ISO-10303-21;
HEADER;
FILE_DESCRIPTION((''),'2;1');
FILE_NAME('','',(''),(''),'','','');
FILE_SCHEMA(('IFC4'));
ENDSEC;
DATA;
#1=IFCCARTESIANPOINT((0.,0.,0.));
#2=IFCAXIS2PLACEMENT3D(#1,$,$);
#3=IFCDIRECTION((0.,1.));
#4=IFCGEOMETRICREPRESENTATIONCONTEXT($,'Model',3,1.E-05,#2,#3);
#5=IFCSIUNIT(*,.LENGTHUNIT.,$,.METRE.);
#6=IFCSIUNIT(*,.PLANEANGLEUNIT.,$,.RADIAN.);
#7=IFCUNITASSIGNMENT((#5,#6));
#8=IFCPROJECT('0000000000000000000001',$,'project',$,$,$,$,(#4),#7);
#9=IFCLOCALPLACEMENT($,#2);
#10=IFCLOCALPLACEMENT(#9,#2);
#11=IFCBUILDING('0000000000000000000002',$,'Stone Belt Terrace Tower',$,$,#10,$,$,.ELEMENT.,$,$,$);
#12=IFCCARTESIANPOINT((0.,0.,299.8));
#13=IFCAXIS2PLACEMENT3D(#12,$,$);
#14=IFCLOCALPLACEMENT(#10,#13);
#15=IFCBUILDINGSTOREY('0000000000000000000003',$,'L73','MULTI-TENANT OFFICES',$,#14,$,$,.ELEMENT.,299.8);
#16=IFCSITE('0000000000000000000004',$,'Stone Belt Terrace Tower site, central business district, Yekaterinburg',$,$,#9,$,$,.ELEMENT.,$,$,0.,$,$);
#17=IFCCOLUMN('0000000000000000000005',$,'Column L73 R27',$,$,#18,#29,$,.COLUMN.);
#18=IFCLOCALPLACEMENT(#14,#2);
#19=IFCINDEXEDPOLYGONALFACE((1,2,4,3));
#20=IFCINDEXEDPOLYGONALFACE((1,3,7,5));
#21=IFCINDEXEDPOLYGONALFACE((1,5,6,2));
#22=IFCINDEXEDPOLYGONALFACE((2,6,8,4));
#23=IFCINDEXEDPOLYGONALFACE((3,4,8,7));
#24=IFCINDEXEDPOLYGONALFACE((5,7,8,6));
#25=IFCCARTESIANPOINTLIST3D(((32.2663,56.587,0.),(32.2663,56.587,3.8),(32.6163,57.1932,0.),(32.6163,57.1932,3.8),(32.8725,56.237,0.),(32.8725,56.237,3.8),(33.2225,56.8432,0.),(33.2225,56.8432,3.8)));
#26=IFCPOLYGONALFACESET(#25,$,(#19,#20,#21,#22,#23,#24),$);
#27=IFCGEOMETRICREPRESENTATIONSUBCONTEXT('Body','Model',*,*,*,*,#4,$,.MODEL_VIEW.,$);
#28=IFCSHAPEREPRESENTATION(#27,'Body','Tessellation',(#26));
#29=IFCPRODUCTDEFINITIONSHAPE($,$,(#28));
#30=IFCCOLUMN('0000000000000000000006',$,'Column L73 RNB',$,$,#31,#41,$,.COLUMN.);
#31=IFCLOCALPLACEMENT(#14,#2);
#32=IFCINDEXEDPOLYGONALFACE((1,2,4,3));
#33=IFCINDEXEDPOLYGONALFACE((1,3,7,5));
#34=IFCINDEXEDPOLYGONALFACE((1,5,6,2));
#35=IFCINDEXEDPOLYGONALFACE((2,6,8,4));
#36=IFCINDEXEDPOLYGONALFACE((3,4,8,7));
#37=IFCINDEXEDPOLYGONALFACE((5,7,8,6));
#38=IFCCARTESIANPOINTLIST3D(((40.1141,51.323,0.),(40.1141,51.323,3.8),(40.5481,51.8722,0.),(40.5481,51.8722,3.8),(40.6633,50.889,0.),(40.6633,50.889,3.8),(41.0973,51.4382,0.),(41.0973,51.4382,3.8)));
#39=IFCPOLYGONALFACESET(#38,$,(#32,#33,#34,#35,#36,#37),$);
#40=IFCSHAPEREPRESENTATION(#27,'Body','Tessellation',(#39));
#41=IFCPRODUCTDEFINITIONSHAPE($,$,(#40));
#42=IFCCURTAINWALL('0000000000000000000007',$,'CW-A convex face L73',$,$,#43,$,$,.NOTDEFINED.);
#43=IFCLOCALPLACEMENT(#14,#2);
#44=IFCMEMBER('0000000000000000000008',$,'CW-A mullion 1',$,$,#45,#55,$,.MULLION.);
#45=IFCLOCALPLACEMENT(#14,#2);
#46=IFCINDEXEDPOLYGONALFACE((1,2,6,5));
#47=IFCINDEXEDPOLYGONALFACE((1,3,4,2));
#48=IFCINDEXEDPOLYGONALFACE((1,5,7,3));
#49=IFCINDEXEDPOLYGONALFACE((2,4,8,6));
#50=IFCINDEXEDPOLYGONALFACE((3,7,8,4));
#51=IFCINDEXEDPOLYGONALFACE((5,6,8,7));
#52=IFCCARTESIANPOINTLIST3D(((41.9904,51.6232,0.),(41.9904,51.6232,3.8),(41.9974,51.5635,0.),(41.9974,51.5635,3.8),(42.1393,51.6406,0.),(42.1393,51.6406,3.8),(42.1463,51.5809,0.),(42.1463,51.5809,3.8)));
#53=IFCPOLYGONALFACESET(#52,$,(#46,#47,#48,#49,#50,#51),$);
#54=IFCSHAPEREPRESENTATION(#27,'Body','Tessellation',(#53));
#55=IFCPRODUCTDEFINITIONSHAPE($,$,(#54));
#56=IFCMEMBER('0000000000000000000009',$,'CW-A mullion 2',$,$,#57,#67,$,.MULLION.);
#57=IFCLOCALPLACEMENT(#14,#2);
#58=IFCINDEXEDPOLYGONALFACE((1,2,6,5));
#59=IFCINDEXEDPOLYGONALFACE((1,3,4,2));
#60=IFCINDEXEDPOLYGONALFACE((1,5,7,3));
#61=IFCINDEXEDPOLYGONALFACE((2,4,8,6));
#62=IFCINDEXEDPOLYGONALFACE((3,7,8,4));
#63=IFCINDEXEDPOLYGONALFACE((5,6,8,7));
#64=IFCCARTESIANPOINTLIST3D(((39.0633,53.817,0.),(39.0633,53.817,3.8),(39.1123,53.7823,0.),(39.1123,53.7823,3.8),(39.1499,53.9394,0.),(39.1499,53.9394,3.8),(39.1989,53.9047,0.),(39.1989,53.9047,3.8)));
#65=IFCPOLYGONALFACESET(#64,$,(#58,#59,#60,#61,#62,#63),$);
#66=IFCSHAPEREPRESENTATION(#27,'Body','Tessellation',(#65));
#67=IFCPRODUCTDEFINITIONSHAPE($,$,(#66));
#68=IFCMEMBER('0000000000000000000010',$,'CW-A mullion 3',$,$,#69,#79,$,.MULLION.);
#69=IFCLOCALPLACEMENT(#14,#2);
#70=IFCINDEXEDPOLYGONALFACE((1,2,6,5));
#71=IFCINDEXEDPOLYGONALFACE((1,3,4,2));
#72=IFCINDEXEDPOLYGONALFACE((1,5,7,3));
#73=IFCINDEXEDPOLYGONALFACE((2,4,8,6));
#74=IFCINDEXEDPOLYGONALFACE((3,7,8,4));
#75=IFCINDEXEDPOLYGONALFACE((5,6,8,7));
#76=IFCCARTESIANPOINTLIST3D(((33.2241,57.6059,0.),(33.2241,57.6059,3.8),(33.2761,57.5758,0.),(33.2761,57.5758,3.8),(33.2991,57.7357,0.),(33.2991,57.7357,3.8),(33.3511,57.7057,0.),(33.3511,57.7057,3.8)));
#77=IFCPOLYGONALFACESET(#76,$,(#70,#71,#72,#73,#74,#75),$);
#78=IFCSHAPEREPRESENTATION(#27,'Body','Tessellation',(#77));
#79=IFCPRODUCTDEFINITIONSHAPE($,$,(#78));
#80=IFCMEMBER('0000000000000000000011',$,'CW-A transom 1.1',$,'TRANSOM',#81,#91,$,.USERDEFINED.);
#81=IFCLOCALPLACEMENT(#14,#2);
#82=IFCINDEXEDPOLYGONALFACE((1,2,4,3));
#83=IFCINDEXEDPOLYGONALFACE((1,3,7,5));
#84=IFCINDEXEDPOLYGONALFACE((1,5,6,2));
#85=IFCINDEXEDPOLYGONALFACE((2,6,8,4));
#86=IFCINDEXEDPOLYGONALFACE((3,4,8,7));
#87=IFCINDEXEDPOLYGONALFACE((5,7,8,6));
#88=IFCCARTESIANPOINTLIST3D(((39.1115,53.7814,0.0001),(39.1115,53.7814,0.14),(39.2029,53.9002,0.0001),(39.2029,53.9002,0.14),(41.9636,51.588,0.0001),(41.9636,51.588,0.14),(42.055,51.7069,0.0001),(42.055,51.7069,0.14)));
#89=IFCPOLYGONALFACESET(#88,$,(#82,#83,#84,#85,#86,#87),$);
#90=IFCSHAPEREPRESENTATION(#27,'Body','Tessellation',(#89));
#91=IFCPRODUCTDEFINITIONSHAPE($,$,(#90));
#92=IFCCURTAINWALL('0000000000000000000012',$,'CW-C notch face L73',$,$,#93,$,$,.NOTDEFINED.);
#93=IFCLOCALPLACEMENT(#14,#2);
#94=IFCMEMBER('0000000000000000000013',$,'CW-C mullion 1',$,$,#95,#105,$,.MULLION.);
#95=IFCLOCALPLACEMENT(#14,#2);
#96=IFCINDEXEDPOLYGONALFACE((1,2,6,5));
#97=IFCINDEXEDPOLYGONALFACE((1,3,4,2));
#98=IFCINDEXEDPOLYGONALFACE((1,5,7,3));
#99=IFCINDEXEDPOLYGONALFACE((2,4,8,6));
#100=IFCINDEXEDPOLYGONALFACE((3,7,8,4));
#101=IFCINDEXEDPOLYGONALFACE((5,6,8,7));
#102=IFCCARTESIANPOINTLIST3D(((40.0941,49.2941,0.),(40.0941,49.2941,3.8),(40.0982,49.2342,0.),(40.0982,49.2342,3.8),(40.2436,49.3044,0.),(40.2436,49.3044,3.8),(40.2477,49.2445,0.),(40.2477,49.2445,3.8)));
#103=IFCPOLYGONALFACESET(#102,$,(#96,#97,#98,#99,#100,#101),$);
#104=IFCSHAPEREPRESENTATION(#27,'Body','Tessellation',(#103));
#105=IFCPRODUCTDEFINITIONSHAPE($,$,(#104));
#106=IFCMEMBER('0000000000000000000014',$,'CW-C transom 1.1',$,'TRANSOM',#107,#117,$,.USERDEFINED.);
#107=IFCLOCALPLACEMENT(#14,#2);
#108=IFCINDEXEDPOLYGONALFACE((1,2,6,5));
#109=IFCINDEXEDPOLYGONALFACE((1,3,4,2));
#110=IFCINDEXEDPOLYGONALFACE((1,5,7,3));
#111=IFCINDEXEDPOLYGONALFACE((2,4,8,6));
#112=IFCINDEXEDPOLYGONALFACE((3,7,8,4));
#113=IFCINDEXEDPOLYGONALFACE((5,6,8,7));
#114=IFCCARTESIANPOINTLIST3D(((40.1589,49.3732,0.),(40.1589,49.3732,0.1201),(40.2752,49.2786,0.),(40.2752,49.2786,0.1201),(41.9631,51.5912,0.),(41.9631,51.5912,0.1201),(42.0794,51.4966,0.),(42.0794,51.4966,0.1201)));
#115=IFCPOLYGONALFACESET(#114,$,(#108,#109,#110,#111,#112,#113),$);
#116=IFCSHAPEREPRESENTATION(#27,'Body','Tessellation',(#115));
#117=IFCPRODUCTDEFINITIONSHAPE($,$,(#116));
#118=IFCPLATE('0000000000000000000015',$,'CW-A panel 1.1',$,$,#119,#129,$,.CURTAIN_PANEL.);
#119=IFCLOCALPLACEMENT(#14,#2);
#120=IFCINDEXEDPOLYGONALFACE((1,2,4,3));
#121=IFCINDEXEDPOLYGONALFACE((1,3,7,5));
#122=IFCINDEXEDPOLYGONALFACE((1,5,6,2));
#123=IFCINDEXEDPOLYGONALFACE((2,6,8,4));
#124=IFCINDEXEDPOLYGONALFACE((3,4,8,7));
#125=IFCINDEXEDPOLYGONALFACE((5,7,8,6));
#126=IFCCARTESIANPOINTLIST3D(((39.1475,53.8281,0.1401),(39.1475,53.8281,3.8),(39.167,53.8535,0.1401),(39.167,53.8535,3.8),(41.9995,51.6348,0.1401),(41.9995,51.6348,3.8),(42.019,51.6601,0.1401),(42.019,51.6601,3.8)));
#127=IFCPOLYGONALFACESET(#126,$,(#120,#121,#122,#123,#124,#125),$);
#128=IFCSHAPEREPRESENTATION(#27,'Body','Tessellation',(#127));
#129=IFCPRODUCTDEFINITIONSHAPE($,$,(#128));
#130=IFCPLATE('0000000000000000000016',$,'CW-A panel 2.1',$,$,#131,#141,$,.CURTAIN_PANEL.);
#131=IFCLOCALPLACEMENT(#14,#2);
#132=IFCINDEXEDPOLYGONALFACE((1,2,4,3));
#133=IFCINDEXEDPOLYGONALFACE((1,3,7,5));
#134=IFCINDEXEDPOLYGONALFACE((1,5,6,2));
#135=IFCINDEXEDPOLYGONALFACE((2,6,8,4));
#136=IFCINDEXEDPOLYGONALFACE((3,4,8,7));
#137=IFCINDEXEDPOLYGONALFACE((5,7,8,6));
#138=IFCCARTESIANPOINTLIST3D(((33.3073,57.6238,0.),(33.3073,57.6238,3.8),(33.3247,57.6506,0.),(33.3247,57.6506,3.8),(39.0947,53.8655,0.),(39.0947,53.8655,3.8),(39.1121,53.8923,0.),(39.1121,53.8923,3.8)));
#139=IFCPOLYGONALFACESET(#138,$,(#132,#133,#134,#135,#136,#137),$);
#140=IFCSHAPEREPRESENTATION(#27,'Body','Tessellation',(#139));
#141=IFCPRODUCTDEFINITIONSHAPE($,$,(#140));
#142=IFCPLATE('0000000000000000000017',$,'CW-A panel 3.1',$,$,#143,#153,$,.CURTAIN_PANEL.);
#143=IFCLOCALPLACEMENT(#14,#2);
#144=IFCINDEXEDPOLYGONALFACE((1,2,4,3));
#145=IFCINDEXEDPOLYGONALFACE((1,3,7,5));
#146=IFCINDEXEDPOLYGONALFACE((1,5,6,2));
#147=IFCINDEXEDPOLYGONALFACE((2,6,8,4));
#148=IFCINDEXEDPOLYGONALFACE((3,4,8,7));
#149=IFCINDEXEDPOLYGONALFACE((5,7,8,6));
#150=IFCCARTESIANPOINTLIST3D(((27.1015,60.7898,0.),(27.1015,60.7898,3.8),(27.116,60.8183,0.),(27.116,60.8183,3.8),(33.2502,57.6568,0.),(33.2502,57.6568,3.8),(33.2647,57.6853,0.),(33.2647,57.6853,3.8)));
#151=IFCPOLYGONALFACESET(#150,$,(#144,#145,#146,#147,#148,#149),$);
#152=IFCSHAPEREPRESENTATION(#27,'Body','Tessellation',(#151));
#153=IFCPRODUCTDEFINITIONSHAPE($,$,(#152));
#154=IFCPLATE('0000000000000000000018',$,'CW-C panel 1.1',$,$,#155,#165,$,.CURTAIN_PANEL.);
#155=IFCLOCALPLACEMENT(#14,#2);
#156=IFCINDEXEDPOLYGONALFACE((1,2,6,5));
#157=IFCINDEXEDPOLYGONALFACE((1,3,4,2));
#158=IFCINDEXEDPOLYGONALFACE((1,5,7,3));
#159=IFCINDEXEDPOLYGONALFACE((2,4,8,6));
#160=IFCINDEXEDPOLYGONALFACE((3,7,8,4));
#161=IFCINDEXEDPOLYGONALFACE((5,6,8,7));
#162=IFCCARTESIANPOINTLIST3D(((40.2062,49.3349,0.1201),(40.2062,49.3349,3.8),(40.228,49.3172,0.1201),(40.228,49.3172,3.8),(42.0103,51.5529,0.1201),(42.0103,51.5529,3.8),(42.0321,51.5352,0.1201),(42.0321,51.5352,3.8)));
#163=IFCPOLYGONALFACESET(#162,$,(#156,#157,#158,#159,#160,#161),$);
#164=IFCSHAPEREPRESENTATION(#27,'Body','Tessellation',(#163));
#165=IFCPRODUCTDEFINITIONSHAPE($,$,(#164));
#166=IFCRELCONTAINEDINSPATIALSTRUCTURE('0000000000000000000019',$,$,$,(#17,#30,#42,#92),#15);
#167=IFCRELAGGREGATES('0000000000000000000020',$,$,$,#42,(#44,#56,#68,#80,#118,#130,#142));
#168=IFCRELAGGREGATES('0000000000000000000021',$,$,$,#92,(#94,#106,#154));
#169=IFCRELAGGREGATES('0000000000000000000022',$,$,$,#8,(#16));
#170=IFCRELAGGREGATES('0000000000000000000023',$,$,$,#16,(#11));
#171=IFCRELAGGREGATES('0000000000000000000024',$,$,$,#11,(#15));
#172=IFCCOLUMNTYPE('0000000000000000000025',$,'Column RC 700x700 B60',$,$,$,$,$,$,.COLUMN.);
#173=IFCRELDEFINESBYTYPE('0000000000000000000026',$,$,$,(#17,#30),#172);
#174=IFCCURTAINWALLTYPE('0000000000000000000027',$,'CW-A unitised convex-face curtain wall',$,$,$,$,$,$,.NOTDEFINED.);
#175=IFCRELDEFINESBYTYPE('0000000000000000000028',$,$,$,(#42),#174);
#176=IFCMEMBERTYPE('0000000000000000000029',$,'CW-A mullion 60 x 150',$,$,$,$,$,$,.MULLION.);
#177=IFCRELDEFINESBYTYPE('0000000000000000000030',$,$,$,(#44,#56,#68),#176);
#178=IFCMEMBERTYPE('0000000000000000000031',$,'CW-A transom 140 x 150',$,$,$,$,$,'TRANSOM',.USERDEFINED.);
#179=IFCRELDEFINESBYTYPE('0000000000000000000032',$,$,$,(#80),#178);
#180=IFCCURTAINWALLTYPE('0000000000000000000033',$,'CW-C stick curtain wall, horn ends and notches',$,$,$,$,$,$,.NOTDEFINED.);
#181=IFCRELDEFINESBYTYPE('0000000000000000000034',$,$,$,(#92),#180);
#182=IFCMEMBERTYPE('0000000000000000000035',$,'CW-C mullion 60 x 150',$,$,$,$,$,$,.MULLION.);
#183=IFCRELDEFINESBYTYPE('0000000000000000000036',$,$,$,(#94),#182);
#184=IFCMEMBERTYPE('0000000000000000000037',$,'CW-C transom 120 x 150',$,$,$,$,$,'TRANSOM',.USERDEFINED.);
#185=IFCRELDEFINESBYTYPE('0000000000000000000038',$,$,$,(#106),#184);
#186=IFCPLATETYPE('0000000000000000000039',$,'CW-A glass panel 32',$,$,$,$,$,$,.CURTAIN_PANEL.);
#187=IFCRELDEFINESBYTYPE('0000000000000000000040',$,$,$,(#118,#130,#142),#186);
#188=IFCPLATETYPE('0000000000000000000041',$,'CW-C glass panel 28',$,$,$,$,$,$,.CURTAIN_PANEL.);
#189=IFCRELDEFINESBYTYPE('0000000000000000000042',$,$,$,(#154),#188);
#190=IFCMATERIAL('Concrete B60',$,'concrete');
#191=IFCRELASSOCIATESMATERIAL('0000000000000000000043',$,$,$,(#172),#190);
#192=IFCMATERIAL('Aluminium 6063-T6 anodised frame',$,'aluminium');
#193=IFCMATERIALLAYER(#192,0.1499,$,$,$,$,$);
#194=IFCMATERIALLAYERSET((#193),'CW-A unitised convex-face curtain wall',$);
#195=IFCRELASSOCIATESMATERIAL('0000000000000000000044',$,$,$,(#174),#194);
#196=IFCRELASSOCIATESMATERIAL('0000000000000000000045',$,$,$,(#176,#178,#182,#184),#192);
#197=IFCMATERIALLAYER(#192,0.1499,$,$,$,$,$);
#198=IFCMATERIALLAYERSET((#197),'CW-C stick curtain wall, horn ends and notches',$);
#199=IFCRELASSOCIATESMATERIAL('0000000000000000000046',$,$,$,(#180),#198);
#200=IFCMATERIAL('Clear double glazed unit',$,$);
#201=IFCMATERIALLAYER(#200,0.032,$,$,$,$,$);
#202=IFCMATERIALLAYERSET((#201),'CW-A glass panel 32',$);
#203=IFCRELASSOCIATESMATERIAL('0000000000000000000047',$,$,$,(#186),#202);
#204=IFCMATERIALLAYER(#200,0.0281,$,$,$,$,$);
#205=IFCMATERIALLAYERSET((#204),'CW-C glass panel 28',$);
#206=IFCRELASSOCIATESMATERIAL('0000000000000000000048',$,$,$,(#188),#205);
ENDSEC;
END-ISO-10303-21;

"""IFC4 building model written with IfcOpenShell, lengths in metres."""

from ifc_helpers import new_model, si_unit, direction, frame, origin, origin_2d, place, context, subcontext, project, spatial, rectangle, extrude, material, layer, layer_set, material_profile, profile_set, type_object, element, aggregate, save


model = new_model("IFC4")

# Units and contexts
model_context = context("Model", 3, precision=1e-05, world=origin(), true_north=direction((0.0, 1.0)))
body_context = subcontext(model_context, "Body", "Model", "MODEL_VIEW")
ifc_project = project(units=[si_unit("LENGTHUNIT", "METRE"), si_unit("PLANEANGLEUNIT", "RADIAN")], contexts=[model_context])

# Site, building, storey
site_placement = place(None, origin())
site = spatial("IfcSite", under=ifc_project, at=site_placement, Name="Stone Belt Terrace Tower site, central business district, Yekaterinburg", CompositionType="ELEMENT", RefElevation=0.0)
building_placement = place(site_placement, origin())
building = spatial("IfcBuilding", under=site, at=building_placement, Name="Stone Belt Terrace Tower", CompositionType="ELEMENT")
storey_placement = place(building_placement, frame((0.0, 0.0, 299.8)))
storey = spatial("IfcBuildingStorey", under=building, at=storey_placement, Name="L73", Description="MULTI-TENANT OFFICES", CompositionType="ELEMENT", Elevation=299.8)

# Columns
ifc_material_1 = material(Name="Concrete B60", Category="concrete")
ifc_material_profile_1 = material_profile(ifc_material_1, rectangle(XDim=0.7, YDim=0.7, at=origin_2d()), Name="RC 700x700")
ifc_profile_set_1 = profile_set([ifc_material_profile_1], Name="Concrete B60")
column_type = type_object("IfcColumnType", Name="Column RC 700x700 B60", PredefinedType="COLUMN", material=ifc_profile_set_1)
for number, where, z_axis, x_axis, name in (
    (1, (32.7444, 56.7151, 0.0), (0.0, 0.0, 1.0), (0.866025, -0.5, 0.0), "Column L73 R27"),
    (2, (40.6057, 51.3806, 0.0), (0.0, 0.0, 1.0), (0.78457, -0.620041, 0.0), "Column L73 RNB"),
):
    element("IfcColumn", number, at=place(storey_placement, frame(where, z_axis=z_axis, x_axis=x_axis)), inside=storey, type_object=column_type, Name=name, PredefinedType="COLUMN", context=body_context, shape_type="SweptSolid", body=[
        extrude(rectangle(XDim=0.7, YDim=0.7, at=origin_2d()), origin(), (0.0, 0.0, 1.0), 3.8),
    ])

# Curtain walls, members
ifc_material_2 = material(Name="Aluminium 6063-T6 anodised frame", Category="aluminium")
ifc_layer_1 = layer(ifc_material_2, 0.1499)
ifc_layer_set_1 = layer_set([ifc_layer_1], Name="CW-A unitised convex-face curtain wall")
curtain_wall_type_1 = type_object("IfcCurtainWallType", Name="CW-A unitised convex-face curtain wall", PredefinedType="NOTDEFINED", material=ifc_layer_set_1)
curtain_wall_1_placement = place(storey_placement, origin())
curtain_wall_1 = element("IfcCurtainWall", 3, at=curtain_wall_1_placement, inside=storey, type_object=curtain_wall_type_1, Name="CW-A convex face L73", PredefinedType="NOTDEFINED")
ifc_material_profile_2 = material_profile(ifc_material_2, rectangle(XDim=0.1499, YDim=0.0601, at=origin_2d()), Name="Aluminium 6063-T6 60x150")
ifc_profile_set_2 = profile_set([ifc_material_profile_2], Name="Aluminium 6063-T6 anodised frame")
member_type_1 = type_object("IfcMemberType", Name="CW-A mullion 60 x 150", PredefinedType="MULLION", material=ifc_profile_set_2)
member_1_placement = place(storey_placement, frame((42.0684, 51.6021, 0.0), z_axis=(0.0, 0.0, 1.0), x_axis=(-0.993258, -0.115925, 0.0)))
member_1 = element("IfcMember", 4, at=member_1_placement, type_object=member_type_1, Name="CW-A mullion 1", PredefinedType="MULLION", context=body_context, shape_type="SweptSolid", body=[
    extrude(rectangle(XDim=0.1499, YDim=0.0601, at=origin_2d()), origin(), (0.0, 0.0, 1.0), 3.8),
])
member_2_placement = place(storey_placement, frame((39.1311, 53.8608, 0.0), z_axis=(0.0, 0.0, 1.0), x_axis=(-0.577587, -0.816329, 0.0)))
member_2 = element("IfcMember", 5, at=member_2_placement, type_object=member_type_1, Name="CW-A mullion 2", PredefinedType="MULLION", context=body_context, shape_type="SweptSolid", body=[
    extrude(rectangle(XDim=0.1499, YDim=0.0601, at=origin_2d()), origin(), (0.0, 0.0, 1.0), 3.8),
])
member_3_placement = place(storey_placement, frame((33.2876, 57.6558, 0.0), z_axis=(0.0, 0.0, 1.0), x_axis=(-0.5, -0.866025, 0.0)))
member_3 = element("IfcMember", 6, at=member_3_placement, type_object=member_type_1, Name="CW-A mullion 3", PredefinedType="MULLION", context=body_context, shape_type="SweptSolid", body=[
    extrude(rectangle(XDim=0.1499, YDim=0.0601, at=origin_2d()), origin(), (0.0, 0.0, 1.0), 3.8),
])
ifc_material_profile_3 = material_profile(ifc_material_2, rectangle(XDim=0.1499, YDim=0.1399, at=origin_2d()), Name="Aluminium 6063-T6 150x140")
ifc_profile_set_3 = profile_set([ifc_material_profile_3], Name="Aluminium 6063-T6 anodised frame")
member_type_2 = type_object("IfcMemberType", Name="CW-A transom 140 x 150", ElementType="TRANSOM", PredefinedType="USERDEFINED", material=ifc_profile_set_3)
member_4_placement = place(storey_placement, frame((42.0093, 51.6475, 0.0701), z_axis=(-0.792695, 0.609619, 0.0), x_axis=(-0.609619, -0.792695, 0.0)))
member_4 = element("IfcMember", 7, at=member_4_placement, type_object=member_type_2, Name="CW-A transom 1.1", ObjectType="TRANSOM", PredefinedType="USERDEFINED", context=body_context, shape_type="SweptSolid", body=[
    extrude(rectangle(XDim=0.1499, YDim=0.1399, at=origin_2d()), origin(), (0.0, 0.0, 1.0), 3.5979),
])
ifc_layer_2 = layer(ifc_material_2, 0.1499)
ifc_layer_set_2 = layer_set([ifc_layer_2], Name="CW-C stick curtain wall, horn ends and notches")
curtain_wall_type_2 = type_object("IfcCurtainWallType", Name="CW-C stick curtain wall, horn ends and notches", PredefinedType="NOTDEFINED", material=ifc_layer_set_2)
curtain_wall_2_placement = place(storey_placement, origin())
curtain_wall_2 = element("IfcCurtainWall", 8, at=curtain_wall_2_placement, inside=storey, type_object=curtain_wall_type_2, Name="CW-C notch face L73", PredefinedType="NOTDEFINED")
ifc_material_profile_4 = material_profile(ifc_material_2, rectangle(XDim=0.1499, YDim=0.0601, at=origin_2d()), Name="Aluminium 6063-T6 60x150")
ifc_profile_set_4 = profile_set([ifc_material_profile_4], Name="Aluminium 6063-T6 anodised frame")
member_type_3 = type_object("IfcMemberType", Name="CW-C mullion 60 x 150", PredefinedType="MULLION", material=ifc_profile_set_4)
member_5_placement = place(storey_placement, frame((40.1709, 49.2693, 0.0), z_axis=(0.0, 0.0, 1.0), x_axis=(-0.99764, -0.068666, 0.0)))
member_5 = element("IfcMember", 9, at=member_5_placement, type_object=member_type_3, Name="CW-C mullion 1", PredefinedType="MULLION", context=body_context, shape_type="SweptSolid", body=[
    extrude(rectangle(XDim=0.1499, YDim=0.0601, at=origin_2d()), origin(), (0.0, 0.0, 1.0), 3.8),
])
ifc_material_profile_5 = material_profile(ifc_material_2, rectangle(XDim=0.1499, YDim=0.1201, at=origin_2d()), Name="Aluminium 6063-T6 150x120")
ifc_profile_set_5 = profile_set([ifc_material_profile_5], Name="Aluminium 6063-T6 anodised frame")
member_type_4 = type_object("IfcMemberType", Name="CW-C transom 120 x 150", ElementType="TRANSOM", PredefinedType="USERDEFINED", material=ifc_profile_set_5)
member_6_placement = place(storey_placement, frame((40.217, 49.3259, 0.0601), z_axis=(0.631027, 0.775761, 0.0), x_axis=(-0.775761, 0.631027, 0.0)))
member_6 = element("IfcMember", 10, at=member_6_placement, type_object=member_type_4, Name="CW-C transom 1.1", ObjectType="TRANSOM", PredefinedType="USERDEFINED", context=body_context, shape_type="SweptSolid", body=[
    extrude(rectangle(XDim=0.1499, YDim=0.1201, at=origin_2d()), origin(), (0.0, 0.0, 1.0), 2.8591),
])

# Plates
ifc_material_3 = material(Name="Clear double glazed unit")
ifc_layer_3 = layer(ifc_material_3, 0.032)
ifc_layer_set_3 = layer_set([ifc_layer_3], Name="CW-A glass panel 32")
plate_type_1 = type_object("IfcPlateType", Name="CW-A glass panel 32", PredefinedType="CURTAIN_PANEL", material=ifc_layer_set_3)
plate_1_placement = place(storey_placement, frame((40.5833, 52.7441, 0.1401), z_axis=(0.0, 0.0, 1.0), x_axis=(-0.792694, 0.60962, 0.0)))
plate_1 = element("IfcPlate", 11, at=plate_1_placement, type_object=plate_type_1, Name="CW-A panel 1.1", PredefinedType="CURTAIN_PANEL", context=body_context, shape_type="SweptSolid", body=[
    extrude(rectangle(XDim=3.5979, YDim=0.032, at=origin_2d()), origin(), (0.0, 0.0, 1.0), 3.6599),
])
plate_2_placement = place(storey_placement, frame((36.2097, 55.7581, 0.0), z_axis=(0.0, 0.0, 1.0), x_axis=(-0.838671, 0.544639, 0.0)))
plate_2 = element("IfcPlate", 12, at=plate_2_placement, type_object=plate_type_1, Name="CW-A panel 2.1", PredefinedType="CURTAIN_PANEL", context=body_context, shape_type="SweptSolid", body=[
    extrude(rectangle(XDim=6.9006, YDim=0.032, at=origin_2d()), origin(), (0.0, 0.0, 1.0), 3.8),
])
plate_3_placement = place(storey_placement, frame((30.1831, 59.2375, 0.0), z_axis=(0.0, 0.0, 1.0), x_axis=(-0.891007, 0.45399, 0.0)))
plate_3 = element("IfcPlate", 13, at=plate_3_placement, type_object=plate_type_1, Name="CW-A panel 3.1", PredefinedType="CURTAIN_PANEL", context=body_context, shape_type="SweptSolid", body=[
    extrude(rectangle(XDim=6.9009, YDim=0.032, at=origin_2d()), origin(), (0.0, 0.0, 1.0), 3.8),
])
aggregate(curtain_wall_1, [member_1, member_2, member_3, member_4, plate_1, plate_2, plate_3])
ifc_layer_4 = layer(ifc_material_3, 0.0281)
ifc_layer_set_4 = layer_set([ifc_layer_4], Name="CW-C glass panel 28")
plate_type_2 = type_object("IfcPlateType", Name="CW-C glass panel 28", PredefinedType="CURTAIN_PANEL", material=ifc_layer_set_4)
plate_4_placement = place(storey_placement, frame((41.1191, 50.4351, 0.1201), z_axis=(0.0, 0.0, 1.0), x_axis=(0.631001, 0.775782, 0.0)))
plate_4 = element("IfcPlate", 14, at=plate_4_placement, type_object=plate_type_2, Name="CW-C panel 1.1", PredefinedType="CURTAIN_PANEL", context=body_context, shape_type="SweptSolid", body=[
    extrude(rectangle(XDim=2.8591, YDim=0.0281, at=origin_2d()), origin(), (0.0, 0.0, 1.0), 3.6799),
])
aggregate(curtain_wall_2, [member_5, member_6, plate_4])

save(model, "model.ifc")
